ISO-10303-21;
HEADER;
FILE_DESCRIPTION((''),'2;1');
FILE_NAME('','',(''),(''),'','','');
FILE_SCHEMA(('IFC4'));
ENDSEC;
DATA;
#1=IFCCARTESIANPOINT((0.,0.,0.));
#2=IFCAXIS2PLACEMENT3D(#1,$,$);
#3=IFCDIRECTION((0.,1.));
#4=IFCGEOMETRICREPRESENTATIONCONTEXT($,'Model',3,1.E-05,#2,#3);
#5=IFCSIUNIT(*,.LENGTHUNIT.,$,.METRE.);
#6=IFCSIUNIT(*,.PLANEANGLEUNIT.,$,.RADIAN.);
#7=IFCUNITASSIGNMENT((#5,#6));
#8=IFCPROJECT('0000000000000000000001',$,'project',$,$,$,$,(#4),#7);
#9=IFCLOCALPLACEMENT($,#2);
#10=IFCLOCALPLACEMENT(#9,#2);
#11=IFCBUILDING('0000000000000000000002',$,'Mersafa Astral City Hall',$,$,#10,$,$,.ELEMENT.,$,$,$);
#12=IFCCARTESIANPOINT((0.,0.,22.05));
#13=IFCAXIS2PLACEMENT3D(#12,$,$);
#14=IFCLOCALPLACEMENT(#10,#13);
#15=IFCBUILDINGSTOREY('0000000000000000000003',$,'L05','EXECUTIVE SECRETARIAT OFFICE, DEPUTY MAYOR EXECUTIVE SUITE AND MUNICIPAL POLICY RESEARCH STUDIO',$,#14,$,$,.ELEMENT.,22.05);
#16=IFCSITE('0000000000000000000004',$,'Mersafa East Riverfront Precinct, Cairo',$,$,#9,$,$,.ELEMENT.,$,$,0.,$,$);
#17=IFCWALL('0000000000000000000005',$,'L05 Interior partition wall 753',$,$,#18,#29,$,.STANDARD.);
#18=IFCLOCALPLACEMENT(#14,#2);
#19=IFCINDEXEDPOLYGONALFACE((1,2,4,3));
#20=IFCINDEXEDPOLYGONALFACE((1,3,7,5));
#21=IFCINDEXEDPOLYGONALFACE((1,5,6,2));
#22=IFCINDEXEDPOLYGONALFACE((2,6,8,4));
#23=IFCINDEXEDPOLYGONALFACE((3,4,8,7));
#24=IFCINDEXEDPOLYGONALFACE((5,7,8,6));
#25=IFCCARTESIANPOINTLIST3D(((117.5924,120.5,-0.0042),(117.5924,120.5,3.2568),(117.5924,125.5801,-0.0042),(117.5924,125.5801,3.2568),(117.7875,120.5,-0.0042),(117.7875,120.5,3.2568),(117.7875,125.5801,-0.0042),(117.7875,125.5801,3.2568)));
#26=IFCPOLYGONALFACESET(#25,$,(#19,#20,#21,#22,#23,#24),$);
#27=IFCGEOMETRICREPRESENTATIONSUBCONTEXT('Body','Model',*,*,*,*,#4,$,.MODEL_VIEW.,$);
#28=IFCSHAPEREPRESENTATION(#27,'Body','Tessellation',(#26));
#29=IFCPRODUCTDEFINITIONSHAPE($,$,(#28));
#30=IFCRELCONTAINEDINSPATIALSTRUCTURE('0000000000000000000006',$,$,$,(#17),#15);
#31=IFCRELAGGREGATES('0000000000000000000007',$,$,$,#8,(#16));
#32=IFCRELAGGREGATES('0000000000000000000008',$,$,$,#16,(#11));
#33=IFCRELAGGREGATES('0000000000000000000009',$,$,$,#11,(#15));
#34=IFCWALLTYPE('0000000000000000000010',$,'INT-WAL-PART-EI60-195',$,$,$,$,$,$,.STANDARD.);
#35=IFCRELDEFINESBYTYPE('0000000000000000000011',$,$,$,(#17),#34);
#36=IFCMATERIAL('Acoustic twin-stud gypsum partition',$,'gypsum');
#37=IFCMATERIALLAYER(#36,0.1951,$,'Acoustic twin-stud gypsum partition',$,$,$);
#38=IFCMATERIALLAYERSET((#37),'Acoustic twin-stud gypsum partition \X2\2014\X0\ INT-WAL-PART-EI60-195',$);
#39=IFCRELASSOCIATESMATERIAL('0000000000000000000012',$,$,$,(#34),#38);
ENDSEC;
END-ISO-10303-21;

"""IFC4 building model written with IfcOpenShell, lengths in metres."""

from ifc_helpers import new_model, si_unit, direction, frame, frame_2d, origin, place, context, subcontext, project, spatial, rectangle, extrude, material, layer, layer_set, type_object, element, save


model = new_model("IFC4")

# Units and contexts
model_context = context("Model", 3, precision=1e-05, world=origin(), true_north=direction((0.0, 1.0)))
body_context = subcontext(model_context, "Body", "Model", "MODEL_VIEW")
ifc_project = project(units=[si_unit("LENGTHUNIT", "METRE"), si_unit("PLANEANGLEUNIT", "RADIAN")], contexts=[model_context])

# Site, building, storey
site_placement = place(None, origin())
site = spatial("IfcSite", under=ifc_project, at=site_placement, Name="Mersafa East Riverfront Precinct, Cairo", CompositionType="ELEMENT", RefElevation=0.0)
building_placement = place(site_placement, origin())
building = spatial("IfcBuilding", under=site, at=building_placement, Name="Mersafa Astral City Hall", CompositionType="ELEMENT")
storey_placement = place(building_placement, frame((0.0, 0.0, 22.05)))
storey = spatial("IfcBuildingStorey", under=building, at=storey_placement, Name="L05", Description="EXECUTIVE SECRETARIAT OFFICE, DEPUTY MAYOR EXECUTIVE SUITE AND MUNICIPAL POLICY RESEARCH STUDIO", CompositionType="ELEMENT", Elevation=22.05)

# Wall
ifc_material_1 = material(Name="Acoustic twin-stud gypsum partition", Category="gypsum")
ifc_layer_1 = layer(ifc_material_1, 0.1951, Name="Acoustic twin-stud gypsum partition")
ifc_layer_set_1 = layer_set([ifc_layer_1], Name="Acoustic twin-stud gypsum partition — INT-WAL-PART-EI60-195")
wall_type = type_object("IfcWallType", Name="INT-WAL-PART-EI60-195", PredefinedType="STANDARD", material=ifc_layer_set_1)
wall_placement = place(storey_placement, frame((117.6899, 120.5, -0.0042), z_axis=(0.0, 0.0, 1.0), x_axis=(0.0, 1.0, 0.0)))
element("IfcWall", 1, at=wall_placement, inside=storey, type_object=wall_type, Name="L05 Interior partition wall 753", PredefinedType="STANDARD", context=body_context, shape_type="SweptSolid", body=[
    extrude(rectangle(XDim=5.0801, YDim=0.1951, at=frame_2d((2.54, 0.0))), origin(), (0.0, 0.0, 1.0), 3.261),
])

save(model, "model.ifc")
